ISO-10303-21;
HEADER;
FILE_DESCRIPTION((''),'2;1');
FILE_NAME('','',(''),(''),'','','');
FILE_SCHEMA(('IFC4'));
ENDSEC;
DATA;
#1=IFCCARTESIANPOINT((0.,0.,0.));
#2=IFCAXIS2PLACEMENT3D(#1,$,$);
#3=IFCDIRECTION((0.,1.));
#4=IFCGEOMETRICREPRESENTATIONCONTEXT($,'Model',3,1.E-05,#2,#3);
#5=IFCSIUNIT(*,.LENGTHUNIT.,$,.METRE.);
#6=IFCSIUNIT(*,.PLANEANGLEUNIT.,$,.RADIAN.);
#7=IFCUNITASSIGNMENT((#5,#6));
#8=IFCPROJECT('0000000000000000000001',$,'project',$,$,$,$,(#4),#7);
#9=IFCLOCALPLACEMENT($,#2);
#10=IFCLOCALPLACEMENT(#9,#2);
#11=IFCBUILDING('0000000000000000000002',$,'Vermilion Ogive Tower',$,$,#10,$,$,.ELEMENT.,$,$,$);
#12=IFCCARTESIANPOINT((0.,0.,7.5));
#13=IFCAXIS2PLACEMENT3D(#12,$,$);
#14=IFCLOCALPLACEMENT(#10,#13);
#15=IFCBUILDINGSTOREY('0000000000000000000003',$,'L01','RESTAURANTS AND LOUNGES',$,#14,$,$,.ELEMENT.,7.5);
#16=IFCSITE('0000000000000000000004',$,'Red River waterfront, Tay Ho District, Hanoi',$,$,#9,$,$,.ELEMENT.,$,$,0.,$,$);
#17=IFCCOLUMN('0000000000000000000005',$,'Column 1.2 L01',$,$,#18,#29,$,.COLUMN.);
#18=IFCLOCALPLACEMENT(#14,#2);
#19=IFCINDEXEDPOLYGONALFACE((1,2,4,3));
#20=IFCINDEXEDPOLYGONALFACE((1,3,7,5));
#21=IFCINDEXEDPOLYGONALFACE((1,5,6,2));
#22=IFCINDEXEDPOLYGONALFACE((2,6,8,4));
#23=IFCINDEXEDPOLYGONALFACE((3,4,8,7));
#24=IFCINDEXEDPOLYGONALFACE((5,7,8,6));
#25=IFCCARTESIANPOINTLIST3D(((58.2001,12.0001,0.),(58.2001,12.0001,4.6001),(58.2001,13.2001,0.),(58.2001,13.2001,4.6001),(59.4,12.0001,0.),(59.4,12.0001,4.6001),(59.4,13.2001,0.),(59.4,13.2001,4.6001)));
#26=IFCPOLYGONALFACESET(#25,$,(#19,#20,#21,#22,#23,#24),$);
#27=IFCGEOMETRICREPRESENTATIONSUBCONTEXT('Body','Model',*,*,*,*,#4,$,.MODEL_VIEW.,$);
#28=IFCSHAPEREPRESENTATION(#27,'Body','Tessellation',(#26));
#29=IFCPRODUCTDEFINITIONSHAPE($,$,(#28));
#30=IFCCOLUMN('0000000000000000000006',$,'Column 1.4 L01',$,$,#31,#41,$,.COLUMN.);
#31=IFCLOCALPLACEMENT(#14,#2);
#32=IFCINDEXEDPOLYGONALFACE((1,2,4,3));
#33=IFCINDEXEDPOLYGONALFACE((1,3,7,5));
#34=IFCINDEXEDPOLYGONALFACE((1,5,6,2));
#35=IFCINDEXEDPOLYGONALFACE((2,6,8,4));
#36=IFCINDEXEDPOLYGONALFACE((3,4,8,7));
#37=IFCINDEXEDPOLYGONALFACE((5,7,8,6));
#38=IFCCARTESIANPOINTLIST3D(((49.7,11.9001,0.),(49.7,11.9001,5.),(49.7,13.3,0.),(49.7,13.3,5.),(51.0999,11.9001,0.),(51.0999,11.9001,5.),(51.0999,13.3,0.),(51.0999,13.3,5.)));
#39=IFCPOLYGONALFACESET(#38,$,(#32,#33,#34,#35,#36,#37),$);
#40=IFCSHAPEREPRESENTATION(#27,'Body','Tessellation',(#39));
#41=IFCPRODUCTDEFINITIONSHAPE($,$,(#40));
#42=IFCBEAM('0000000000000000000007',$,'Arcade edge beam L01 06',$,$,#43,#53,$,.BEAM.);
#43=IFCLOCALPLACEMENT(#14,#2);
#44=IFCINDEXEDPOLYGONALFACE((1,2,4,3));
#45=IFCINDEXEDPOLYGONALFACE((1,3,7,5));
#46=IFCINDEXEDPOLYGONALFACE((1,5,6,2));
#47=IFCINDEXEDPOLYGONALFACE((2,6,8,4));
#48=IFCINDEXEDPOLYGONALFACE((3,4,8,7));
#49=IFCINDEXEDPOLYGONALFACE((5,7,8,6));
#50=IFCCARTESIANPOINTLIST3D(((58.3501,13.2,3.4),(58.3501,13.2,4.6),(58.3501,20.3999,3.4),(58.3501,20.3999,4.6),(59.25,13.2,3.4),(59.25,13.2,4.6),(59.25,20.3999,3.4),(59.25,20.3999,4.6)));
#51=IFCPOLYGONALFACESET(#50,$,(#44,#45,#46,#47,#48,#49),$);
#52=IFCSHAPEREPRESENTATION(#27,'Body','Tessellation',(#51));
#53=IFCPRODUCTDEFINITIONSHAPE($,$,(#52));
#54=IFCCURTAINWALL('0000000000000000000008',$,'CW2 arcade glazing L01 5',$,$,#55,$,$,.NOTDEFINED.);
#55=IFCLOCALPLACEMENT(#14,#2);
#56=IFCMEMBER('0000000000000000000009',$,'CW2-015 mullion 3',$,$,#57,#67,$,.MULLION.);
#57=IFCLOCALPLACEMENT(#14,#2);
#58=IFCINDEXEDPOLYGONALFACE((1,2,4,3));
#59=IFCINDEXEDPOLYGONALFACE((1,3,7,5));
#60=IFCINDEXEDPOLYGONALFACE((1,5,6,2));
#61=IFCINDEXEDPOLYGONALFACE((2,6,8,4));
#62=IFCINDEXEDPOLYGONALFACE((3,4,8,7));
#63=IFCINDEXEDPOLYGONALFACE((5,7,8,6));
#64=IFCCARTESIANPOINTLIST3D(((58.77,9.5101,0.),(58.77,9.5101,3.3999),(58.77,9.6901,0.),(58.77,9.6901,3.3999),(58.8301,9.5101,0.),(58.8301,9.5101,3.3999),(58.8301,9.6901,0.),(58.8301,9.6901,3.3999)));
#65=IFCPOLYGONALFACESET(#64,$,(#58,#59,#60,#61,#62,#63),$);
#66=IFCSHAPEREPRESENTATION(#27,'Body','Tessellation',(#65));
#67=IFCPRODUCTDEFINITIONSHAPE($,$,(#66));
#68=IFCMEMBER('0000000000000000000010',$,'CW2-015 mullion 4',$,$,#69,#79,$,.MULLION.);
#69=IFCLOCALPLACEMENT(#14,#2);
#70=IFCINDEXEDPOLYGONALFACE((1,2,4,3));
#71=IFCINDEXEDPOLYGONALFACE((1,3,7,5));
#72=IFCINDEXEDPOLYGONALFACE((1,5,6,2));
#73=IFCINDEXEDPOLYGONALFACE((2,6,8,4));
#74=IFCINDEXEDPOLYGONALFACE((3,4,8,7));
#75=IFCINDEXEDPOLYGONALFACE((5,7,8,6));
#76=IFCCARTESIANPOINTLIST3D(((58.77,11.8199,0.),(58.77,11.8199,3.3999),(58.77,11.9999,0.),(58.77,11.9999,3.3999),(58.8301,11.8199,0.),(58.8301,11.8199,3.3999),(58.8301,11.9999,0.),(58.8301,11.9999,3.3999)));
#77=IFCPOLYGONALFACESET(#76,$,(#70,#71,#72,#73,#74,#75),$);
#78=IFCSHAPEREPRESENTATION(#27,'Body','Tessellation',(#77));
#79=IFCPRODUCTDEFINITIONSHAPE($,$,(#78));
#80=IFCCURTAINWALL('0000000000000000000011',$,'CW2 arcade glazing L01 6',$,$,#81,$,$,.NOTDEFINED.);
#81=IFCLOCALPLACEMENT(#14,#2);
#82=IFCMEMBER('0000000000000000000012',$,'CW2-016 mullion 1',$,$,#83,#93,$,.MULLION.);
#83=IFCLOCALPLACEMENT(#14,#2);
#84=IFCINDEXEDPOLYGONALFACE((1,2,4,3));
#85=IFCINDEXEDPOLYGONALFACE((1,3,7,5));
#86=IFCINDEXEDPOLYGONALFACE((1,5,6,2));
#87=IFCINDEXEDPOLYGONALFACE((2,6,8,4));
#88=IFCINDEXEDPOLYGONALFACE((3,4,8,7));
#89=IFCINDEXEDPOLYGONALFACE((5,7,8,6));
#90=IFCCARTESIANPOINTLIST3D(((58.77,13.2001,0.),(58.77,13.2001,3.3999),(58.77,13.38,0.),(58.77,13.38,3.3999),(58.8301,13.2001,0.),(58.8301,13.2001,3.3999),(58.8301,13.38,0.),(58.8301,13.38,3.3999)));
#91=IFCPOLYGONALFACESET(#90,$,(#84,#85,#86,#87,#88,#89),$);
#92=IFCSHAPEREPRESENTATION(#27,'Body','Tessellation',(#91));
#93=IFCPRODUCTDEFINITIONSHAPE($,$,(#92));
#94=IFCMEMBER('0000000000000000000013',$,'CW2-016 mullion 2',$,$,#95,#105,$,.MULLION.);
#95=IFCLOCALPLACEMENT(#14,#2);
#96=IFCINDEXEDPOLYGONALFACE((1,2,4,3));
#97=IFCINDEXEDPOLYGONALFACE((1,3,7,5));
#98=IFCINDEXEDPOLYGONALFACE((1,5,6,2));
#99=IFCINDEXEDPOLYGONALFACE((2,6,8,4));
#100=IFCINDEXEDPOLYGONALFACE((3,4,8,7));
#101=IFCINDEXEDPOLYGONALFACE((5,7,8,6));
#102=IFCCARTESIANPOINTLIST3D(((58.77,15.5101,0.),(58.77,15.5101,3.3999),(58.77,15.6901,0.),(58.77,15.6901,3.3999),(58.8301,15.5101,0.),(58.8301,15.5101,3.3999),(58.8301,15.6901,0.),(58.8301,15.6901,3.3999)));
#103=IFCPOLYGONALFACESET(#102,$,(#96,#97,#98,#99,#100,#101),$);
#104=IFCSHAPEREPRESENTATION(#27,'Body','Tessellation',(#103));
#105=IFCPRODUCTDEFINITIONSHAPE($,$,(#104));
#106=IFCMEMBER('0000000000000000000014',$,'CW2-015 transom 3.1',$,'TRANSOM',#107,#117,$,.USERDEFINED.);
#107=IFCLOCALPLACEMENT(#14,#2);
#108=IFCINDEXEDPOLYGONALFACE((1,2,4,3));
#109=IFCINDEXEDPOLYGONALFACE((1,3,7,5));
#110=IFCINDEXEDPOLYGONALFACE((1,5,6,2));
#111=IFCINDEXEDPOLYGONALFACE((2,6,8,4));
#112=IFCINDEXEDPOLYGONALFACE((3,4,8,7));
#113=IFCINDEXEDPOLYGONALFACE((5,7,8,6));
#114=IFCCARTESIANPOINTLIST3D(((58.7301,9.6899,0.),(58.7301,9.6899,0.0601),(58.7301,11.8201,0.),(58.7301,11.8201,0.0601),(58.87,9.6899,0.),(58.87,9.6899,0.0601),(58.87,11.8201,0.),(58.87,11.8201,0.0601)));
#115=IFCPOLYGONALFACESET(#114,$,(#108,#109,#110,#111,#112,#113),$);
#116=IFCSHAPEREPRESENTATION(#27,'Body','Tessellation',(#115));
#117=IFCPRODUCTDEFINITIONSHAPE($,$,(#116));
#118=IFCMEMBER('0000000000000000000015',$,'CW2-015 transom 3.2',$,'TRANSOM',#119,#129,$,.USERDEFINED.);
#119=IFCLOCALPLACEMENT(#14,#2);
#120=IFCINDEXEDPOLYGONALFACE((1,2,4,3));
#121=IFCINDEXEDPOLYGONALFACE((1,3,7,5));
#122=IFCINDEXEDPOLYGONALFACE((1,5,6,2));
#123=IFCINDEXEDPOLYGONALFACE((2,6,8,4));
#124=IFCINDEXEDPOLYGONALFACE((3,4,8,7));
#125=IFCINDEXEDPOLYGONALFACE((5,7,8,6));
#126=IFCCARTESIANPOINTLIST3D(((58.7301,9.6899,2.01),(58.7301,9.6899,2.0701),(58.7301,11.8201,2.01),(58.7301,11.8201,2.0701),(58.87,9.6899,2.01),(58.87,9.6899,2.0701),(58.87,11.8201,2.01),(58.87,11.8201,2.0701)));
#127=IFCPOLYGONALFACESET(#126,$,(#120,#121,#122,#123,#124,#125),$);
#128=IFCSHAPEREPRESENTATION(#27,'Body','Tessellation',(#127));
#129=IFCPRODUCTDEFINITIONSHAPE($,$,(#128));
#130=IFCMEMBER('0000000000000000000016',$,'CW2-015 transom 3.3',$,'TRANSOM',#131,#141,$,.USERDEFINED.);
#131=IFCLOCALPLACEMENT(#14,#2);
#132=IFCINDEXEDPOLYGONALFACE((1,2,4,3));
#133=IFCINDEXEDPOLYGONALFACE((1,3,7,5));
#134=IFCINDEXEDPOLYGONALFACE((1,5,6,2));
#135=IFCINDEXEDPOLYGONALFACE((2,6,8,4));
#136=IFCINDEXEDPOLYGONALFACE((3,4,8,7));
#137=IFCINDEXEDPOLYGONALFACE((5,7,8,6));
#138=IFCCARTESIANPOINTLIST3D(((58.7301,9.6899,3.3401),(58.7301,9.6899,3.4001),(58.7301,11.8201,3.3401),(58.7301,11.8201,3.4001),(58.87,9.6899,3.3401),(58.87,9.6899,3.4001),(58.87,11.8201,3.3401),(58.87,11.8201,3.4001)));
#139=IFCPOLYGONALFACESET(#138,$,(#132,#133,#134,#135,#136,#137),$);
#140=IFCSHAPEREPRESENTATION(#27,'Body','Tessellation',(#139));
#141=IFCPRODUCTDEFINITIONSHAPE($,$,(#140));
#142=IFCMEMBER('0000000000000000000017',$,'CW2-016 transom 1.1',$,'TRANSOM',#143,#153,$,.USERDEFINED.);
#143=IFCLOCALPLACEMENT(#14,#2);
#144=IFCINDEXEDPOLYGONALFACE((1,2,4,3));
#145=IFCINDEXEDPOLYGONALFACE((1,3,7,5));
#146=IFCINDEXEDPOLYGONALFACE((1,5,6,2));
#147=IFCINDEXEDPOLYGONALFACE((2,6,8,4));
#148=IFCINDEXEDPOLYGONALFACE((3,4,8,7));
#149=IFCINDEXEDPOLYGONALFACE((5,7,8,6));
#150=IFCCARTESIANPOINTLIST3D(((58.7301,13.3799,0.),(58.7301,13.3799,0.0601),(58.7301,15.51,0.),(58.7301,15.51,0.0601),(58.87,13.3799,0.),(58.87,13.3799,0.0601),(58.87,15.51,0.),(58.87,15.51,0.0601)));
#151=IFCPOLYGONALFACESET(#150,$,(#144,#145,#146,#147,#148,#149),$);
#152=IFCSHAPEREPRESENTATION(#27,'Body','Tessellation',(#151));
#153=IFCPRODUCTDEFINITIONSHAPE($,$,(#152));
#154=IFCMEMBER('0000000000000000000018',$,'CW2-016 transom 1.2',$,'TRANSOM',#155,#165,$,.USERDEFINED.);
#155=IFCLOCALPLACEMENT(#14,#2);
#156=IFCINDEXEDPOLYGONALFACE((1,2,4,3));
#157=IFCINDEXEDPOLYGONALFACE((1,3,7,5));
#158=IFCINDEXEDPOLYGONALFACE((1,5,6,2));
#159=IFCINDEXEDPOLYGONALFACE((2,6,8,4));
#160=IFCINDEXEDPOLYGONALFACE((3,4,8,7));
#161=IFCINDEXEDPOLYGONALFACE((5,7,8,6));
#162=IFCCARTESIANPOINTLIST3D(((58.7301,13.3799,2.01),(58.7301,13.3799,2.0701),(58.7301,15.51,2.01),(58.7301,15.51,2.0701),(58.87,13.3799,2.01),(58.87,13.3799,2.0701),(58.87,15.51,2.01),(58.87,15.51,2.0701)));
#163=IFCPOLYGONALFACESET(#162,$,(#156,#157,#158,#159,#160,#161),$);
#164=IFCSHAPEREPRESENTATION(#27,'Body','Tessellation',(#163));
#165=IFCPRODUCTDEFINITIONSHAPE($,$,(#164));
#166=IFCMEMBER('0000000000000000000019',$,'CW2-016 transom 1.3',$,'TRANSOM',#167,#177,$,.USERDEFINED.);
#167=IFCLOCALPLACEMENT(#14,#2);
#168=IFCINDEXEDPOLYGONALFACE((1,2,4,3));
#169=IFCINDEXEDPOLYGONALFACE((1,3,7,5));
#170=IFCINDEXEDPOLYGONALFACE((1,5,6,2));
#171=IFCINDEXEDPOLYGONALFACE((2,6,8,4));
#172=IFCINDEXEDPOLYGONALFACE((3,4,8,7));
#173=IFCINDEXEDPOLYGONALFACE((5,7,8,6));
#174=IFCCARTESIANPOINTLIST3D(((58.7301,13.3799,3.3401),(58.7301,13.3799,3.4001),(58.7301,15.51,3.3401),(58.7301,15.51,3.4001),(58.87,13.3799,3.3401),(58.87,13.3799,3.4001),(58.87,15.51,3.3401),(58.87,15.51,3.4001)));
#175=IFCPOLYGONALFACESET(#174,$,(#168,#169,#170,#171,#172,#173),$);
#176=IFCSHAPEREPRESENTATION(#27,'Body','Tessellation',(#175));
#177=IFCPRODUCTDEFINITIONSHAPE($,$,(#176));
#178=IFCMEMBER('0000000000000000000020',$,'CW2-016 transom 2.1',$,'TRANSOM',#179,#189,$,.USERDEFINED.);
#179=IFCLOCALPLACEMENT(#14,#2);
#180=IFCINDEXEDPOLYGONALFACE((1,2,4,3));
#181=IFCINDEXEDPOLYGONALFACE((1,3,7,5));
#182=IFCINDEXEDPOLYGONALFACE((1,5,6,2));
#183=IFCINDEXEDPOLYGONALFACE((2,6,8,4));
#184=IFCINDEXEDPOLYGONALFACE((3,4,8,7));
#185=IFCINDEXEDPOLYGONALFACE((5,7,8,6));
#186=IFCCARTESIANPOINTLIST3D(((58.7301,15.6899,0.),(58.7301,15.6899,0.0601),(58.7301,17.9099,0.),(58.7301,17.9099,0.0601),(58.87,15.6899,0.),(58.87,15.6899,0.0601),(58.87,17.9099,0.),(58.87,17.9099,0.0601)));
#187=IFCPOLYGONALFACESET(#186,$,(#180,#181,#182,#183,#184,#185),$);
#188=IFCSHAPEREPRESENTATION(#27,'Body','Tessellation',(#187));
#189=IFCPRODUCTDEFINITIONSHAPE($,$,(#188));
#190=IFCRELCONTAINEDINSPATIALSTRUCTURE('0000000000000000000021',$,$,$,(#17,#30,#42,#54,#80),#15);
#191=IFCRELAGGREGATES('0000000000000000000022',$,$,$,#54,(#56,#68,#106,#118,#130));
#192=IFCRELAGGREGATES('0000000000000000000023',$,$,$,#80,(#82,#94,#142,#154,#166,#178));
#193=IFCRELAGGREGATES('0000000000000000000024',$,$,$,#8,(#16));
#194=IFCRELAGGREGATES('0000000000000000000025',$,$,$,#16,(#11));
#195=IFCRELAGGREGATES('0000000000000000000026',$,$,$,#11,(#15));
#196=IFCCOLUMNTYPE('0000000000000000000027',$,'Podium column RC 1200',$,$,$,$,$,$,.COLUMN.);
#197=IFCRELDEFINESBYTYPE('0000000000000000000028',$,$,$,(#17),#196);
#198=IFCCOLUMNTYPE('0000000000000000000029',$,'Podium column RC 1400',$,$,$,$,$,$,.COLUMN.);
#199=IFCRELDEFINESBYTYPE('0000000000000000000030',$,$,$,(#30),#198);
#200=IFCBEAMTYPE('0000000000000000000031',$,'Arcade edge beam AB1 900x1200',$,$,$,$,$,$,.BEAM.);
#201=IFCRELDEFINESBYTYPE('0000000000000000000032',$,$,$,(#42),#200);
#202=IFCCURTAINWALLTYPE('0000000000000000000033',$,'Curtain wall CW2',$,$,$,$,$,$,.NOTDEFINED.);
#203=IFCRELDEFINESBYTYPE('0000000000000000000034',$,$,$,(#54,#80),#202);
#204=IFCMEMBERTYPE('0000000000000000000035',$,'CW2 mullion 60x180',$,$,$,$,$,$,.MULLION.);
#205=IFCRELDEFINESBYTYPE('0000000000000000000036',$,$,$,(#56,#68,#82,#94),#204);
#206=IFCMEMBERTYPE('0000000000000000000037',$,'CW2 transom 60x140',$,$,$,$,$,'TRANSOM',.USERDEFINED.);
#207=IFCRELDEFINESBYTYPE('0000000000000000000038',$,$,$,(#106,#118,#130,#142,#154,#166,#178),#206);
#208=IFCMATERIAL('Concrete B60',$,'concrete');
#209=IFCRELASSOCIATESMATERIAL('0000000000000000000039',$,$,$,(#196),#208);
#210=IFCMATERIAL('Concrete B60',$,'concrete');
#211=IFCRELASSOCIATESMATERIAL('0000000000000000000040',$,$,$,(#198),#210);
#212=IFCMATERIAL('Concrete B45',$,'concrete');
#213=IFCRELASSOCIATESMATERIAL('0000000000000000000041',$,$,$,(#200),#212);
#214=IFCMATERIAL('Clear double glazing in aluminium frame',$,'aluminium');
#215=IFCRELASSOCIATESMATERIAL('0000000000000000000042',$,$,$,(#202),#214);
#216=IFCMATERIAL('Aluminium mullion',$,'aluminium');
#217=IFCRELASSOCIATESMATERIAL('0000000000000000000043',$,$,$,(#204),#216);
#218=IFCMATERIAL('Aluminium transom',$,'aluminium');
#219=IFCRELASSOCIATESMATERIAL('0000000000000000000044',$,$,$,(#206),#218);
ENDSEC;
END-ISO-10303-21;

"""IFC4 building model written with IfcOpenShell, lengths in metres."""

from ifc_helpers import new_model, si_unit, direction, frame, origin, origin_2d, place, context, subcontext, project, spatial, rectangle, extrude, material, material_profile, profile_set, type_object, element, aggregate, save


model = new_model("IFC4")

# Units and contexts
model_context = context("Model", 3, precision=1e-05, world=origin(), true_north=direction((0.0, 1.0)))
body_context = subcontext(model_context, "Body", "Model", "MODEL_VIEW")
ifc_project = project(units=[si_unit("LENGTHUNIT", "METRE"), si_unit("PLANEANGLEUNIT", "RADIAN")], contexts=[model_context])

# Site, building, storey
site_placement = place(None, origin())
site = spatial("IfcSite", under=ifc_project, at=site_placement, Name="Red River waterfront, Tay Ho District, Hanoi", CompositionType="ELEMENT", RefElevation=0.0)
building_placement = place(site_placement, origin())
building = spatial("IfcBuilding", under=site, at=building_placement, Name="Vermilion Ogive Tower", CompositionType="ELEMENT")
storey_placement = place(building_placement, frame((0.0, 0.0, 7.5)))
storey = spatial("IfcBuildingStorey", under=building, at=storey_placement, Name="L01", Description="RESTAURANTS AND LOUNGES", CompositionType="ELEMENT", Elevation=7.5)

# Columns
ifc_material_1 = material(Name="Concrete B60", Category="concrete")
ifc_material_profile_1 = material_profile(ifc_material_1, rectangle(XDim=1.2, YDim=1.2, at=origin_2d()), Name="RC 1200x1200")
ifc_profile_set_1 = profile_set([ifc_material_profile_1], Name="Concrete B60")
column_type_1 = type_object("IfcColumnType", Name="Podium column RC 1200", PredefinedType="COLUMN", material=ifc_profile_set_1)
column_1_placement = place(storey_placement, frame((58.8, 12.6001, 0.0), z_axis=(0.0, 0.0, 1.0), x_axis=(1.0, 0.0, 0.0)))
element("IfcColumn", 1, at=column_1_placement, inside=storey, type_object=column_type_1, Name="Column 1.2 L01", PredefinedType="COLUMN", context=body_context, shape_type="SweptSolid", body=[
    extrude(rectangle(XDim=1.2, YDim=1.2, at=origin_2d()), origin(), (0.0, 0.0, 1.0), 4.6001),
])
ifc_material_2 = material(Name="Concrete B60", Category="concrete")
ifc_material_profile_2 = material_profile(ifc_material_2, rectangle(XDim=1.3999, YDim=1.3999, at=origin_2d()), Name="RC 1400x1400")
ifc_profile_set_2 = profile_set([ifc_material_profile_2], Name="Concrete B60")
column_type_2 = type_object("IfcColumnType", Name="Podium column RC 1400", PredefinedType="COLUMN", material=ifc_profile_set_2)
column_2_placement = place(storey_placement, frame((50.3999, 12.6001, 0.0), z_axis=(0.0, 0.0, 1.0), x_axis=(1.0, 0.0, 0.0)))
element("IfcColumn", 2, at=column_2_placement, inside=storey, type_object=column_type_2, Name="Column 1.4 L01", PredefinedType="COLUMN", context=body_context, shape_type="SweptSolid", body=[
    extrude(rectangle(XDim=1.3999, YDim=1.3999, at=origin_2d()), origin(), (0.0, 0.0, 1.0), 5.0),
])

# Beam
ifc_material_3 = material(Name="Concrete B45", Category="concrete")
ifc_material_profile_3 = material_profile(ifc_material_3, rectangle(XDim=0.8999, YDim=1.2, at=origin_2d()), Name="RC 900x1200")
ifc_profile_set_3 = profile_set([ifc_material_profile_3], Name="Concrete B45")
beam_type_1 = type_object("IfcBeamType", Name="Arcade edge beam AB1 900x1200", PredefinedType="BEAM", material=ifc_profile_set_3)
beam_1_placement = place(storey_placement, frame((58.8, 13.2, 4.0), z_axis=(0.0, 1.0, 0.0), x_axis=(-1.0, 0.0, 0.0)))
element("IfcBeam", 3, at=beam_1_placement, inside=storey, type_object=beam_type_1, Name="Arcade edge beam L01 06", PredefinedType="BEAM", context=body_context, shape_type="SweptSolid", body=[
    extrude(rectangle(XDim=0.8999, YDim=1.2, at=origin_2d()), origin(), (0.0, 0.0, 1.0), 7.2),
])

# Curtain walls, members
ifc_material_4 = material(Name="Clear double glazing in aluminium frame", Category="aluminium")
curtain_wall_type = type_object("IfcCurtainWallType", Name="Curtain wall CW2", PredefinedType="NOTDEFINED", material=ifc_material_4)
curtain_wall_1_placement = place(storey_placement, origin())
curtain_wall_1 = element("IfcCurtainWall", 4, at=curtain_wall_1_placement, inside=storey, type_object=curtain_wall_type, Name="CW2 arcade glazing L01 5", PredefinedType="NOTDEFINED")
ifc_material_5 = material(Name="Aluminium mullion", Category="aluminium")
ifc_material_profile_4 = material_profile(ifc_material_5, rectangle(XDim=0.0601, YDim=0.1799, at=origin_2d()), Name="AL 60x180")
ifc_profile_set_4 = profile_set([ifc_material_profile_4], Name="Aluminium mullion")
member_type_1 = type_object("IfcMemberType", Name="CW2 mullion 60x180", PredefinedType="MULLION", material=ifc_profile_set_4)
member_1_placement = place(storey_placement, frame((58.8, 9.6001, 0.0), z_axis=(0.0, 0.0, 1.0), x_axis=(-1.0, 0.0, 0.0)))
member_1 = element("IfcMember", 5, at=member_1_placement, type_object=member_type_1, Name="CW2-015 mullion 3", PredefinedType="MULLION", context=body_context, shape_type="SweptSolid", body=[
    extrude(rectangle(XDim=0.0601, YDim=0.1799, at=origin_2d()), origin(), (0.0, 0.0, 1.0), 3.3999),
])
member_2_placement = place(storey_placement, frame((58.8, 11.9099, 0.0), z_axis=(0.0, 0.0, 1.0), x_axis=(-1.0, 0.0, 0.0)))
member_2 = element("IfcMember", 6, at=member_2_placement, type_object=member_type_1, Name="CW2-015 mullion 4", PredefinedType="MULLION", context=body_context, shape_type="SweptSolid", body=[
    extrude(rectangle(XDim=0.0601, YDim=0.1799, at=origin_2d()), origin(), (0.0, 0.0, 1.0), 3.3999),
])
curtain_wall_2_placement = place(storey_placement, origin())
curtain_wall_2 = element("IfcCurtainWall", 7, at=curtain_wall_2_placement, inside=storey, type_object=curtain_wall_type, Name="CW2 arcade glazing L01 6", PredefinedType="NOTDEFINED")
member_3_placement = place(storey_placement, frame((58.8, 13.29, 0.0), z_axis=(0.0, 0.0, 1.0), x_axis=(-1.0, 0.0, 0.0)))
member_3 = element("IfcMember", 8, at=member_3_placement, type_object=member_type_1, Name="CW2-016 mullion 1", PredefinedType="MULLION", context=body_context, shape_type="SweptSolid", body=[
    extrude(rectangle(XDim=0.0601, YDim=0.1799, at=origin_2d()), origin(), (0.0, 0.0, 1.0), 3.3999),
])
member_4_placement = place(storey_placement, frame((58.8, 15.6001, 0.0), z_axis=(0.0, 0.0, 1.0), x_axis=(-1.0, 0.0, 0.0)))
member_4 = element("IfcMember", 9, at=member_4_placement, type_object=member_type_1, Name="CW2-016 mullion 2", PredefinedType="MULLION", context=body_context, shape_type="SweptSolid", body=[
    extrude(rectangle(XDim=0.0601, YDim=0.1799, at=origin_2d()), origin(), (0.0, 0.0, 1.0), 3.3999),
])

# Members
ifc_material_6 = material(Name="Aluminium transom", Category="aluminium")
ifc_material_profile_5 = material_profile(ifc_material_6, rectangle(XDim=0.1399, YDim=0.0601, at=origin_2d()), Name="AL 60x140")
ifc_profile_set_5 = profile_set([ifc_material_profile_5], Name="Aluminium transom")
member_type_2 = type_object("IfcMemberType", Name="CW2 transom 60x140", ElementType="TRANSOM", PredefinedType="USERDEFINED", material=ifc_profile_set_5)
member_5_placement = place(storey_placement, frame((58.8, 9.6899, 0.03), z_axis=(0.0, 1.0, 0.0), x_axis=(-1.0, 0.0, 0.0)))
member_5 = element("IfcMember", 10, at=member_5_placement, type_object=member_type_2, Name="CW2-015 transom 3.1", ObjectType="TRANSOM", PredefinedType="USERDEFINED", context=body_context, shape_type="SweptSolid", body=[
    extrude(rectangle(XDim=0.1399, YDim=0.0601, at=origin_2d()), origin(), (0.0, 0.0, 1.0), 2.1301),
])
member_6_placement = place(storey_placement, frame((58.8, 9.6899, 2.04), z_axis=(0.0, 1.0, 0.0), x_axis=(-1.0, 0.0, 0.0)))
member_6 = element("IfcMember", 11, at=member_6_placement, type_object=member_type_2, Name="CW2-015 transom 3.2", ObjectType="TRANSOM", PredefinedType="USERDEFINED", context=body_context, shape_type="SweptSolid", body=[
    extrude(rectangle(XDim=0.1399, YDim=0.0601, at=origin_2d()), origin(), (0.0, 0.0, 1.0), 2.1301),
])
member_7_placement = place(storey_placement, frame((58.8, 9.6899, 3.3701), z_axis=(0.0, 1.0, 0.0), x_axis=(-1.0, 0.0, 0.0)))
member_7 = element("IfcMember", 12, at=member_7_placement, type_object=member_type_2, Name="CW2-015 transom 3.3", ObjectType="TRANSOM", PredefinedType="USERDEFINED", context=body_context, shape_type="SweptSolid", body=[
    extrude(rectangle(XDim=0.1399, YDim=0.0601, at=origin_2d()), origin(), (0.0, 0.0, 1.0), 2.1301),
])
member_8_placement = place(storey_placement, frame((58.8, 13.3799, 0.03), z_axis=(0.0, 1.0, 0.0), x_axis=(-1.0, 0.0, 0.0)))
member_8 = element("IfcMember", 13, at=member_8_placement, type_object=member_type_2, Name="CW2-016 transom 1.1", ObjectType="TRANSOM", PredefinedType="USERDEFINED", context=body_context, shape_type="SweptSolid", body=[
    extrude(rectangle(XDim=0.1399, YDim=0.0601, at=origin_2d()), origin(), (0.0, 0.0, 1.0), 2.1301),
])
member_9_placement = place(storey_placement, frame((58.8, 13.3799, 2.04), z_axis=(0.0, 1.0, 0.0), x_axis=(-1.0, 0.0, 0.0)))
member_9 = element("IfcMember", 14, at=member_9_placement, type_object=member_type_2, Name="CW2-016 transom 1.2", ObjectType="TRANSOM", PredefinedType="USERDEFINED", context=body_context, shape_type="SweptSolid", body=[
    extrude(rectangle(XDim=0.1399, YDim=0.0601, at=origin_2d()), origin(), (0.0, 0.0, 1.0), 2.1301),
])
member_10_placement = place(storey_placement, frame((58.8, 13.3799, 3.3701), z_axis=(0.0, 1.0, 0.0), x_axis=(-1.0, 0.0, 0.0)))
member_10 = element("IfcMember", 15, at=member_10_placement, type_object=member_type_2, Name="CW2-016 transom 1.3", ObjectType="TRANSOM", PredefinedType="USERDEFINED", context=body_context, shape_type="SweptSolid", body=[
    extrude(rectangle(XDim=0.1399, YDim=0.0601, at=origin_2d()), origin(), (0.0, 0.0, 1.0), 2.1301),
])
member_11_placement = place(storey_placement, frame((58.8, 15.6899, 0.03), z_axis=(0.0, 1.0, 0.0), x_axis=(-1.0, 0.0, 0.0)))
member_11 = element("IfcMember", 16, at=member_11_placement, type_object=member_type_2, Name="CW2-016 transom 2.1", ObjectType="TRANSOM", PredefinedType="USERDEFINED", context=body_context, shape_type="SweptSolid", body=[
    extrude(rectangle(XDim=0.1399, YDim=0.0601, at=origin_2d()), origin(), (0.0, 0.0, 1.0), 2.22),
])

aggregate(curtain_wall_1, [member_1, member_2, member_5, member_6, member_7])
aggregate(curtain_wall_2, [member_3, member_4, member_8, member_9, member_10, member_11])

save(model, "model.ifc")
